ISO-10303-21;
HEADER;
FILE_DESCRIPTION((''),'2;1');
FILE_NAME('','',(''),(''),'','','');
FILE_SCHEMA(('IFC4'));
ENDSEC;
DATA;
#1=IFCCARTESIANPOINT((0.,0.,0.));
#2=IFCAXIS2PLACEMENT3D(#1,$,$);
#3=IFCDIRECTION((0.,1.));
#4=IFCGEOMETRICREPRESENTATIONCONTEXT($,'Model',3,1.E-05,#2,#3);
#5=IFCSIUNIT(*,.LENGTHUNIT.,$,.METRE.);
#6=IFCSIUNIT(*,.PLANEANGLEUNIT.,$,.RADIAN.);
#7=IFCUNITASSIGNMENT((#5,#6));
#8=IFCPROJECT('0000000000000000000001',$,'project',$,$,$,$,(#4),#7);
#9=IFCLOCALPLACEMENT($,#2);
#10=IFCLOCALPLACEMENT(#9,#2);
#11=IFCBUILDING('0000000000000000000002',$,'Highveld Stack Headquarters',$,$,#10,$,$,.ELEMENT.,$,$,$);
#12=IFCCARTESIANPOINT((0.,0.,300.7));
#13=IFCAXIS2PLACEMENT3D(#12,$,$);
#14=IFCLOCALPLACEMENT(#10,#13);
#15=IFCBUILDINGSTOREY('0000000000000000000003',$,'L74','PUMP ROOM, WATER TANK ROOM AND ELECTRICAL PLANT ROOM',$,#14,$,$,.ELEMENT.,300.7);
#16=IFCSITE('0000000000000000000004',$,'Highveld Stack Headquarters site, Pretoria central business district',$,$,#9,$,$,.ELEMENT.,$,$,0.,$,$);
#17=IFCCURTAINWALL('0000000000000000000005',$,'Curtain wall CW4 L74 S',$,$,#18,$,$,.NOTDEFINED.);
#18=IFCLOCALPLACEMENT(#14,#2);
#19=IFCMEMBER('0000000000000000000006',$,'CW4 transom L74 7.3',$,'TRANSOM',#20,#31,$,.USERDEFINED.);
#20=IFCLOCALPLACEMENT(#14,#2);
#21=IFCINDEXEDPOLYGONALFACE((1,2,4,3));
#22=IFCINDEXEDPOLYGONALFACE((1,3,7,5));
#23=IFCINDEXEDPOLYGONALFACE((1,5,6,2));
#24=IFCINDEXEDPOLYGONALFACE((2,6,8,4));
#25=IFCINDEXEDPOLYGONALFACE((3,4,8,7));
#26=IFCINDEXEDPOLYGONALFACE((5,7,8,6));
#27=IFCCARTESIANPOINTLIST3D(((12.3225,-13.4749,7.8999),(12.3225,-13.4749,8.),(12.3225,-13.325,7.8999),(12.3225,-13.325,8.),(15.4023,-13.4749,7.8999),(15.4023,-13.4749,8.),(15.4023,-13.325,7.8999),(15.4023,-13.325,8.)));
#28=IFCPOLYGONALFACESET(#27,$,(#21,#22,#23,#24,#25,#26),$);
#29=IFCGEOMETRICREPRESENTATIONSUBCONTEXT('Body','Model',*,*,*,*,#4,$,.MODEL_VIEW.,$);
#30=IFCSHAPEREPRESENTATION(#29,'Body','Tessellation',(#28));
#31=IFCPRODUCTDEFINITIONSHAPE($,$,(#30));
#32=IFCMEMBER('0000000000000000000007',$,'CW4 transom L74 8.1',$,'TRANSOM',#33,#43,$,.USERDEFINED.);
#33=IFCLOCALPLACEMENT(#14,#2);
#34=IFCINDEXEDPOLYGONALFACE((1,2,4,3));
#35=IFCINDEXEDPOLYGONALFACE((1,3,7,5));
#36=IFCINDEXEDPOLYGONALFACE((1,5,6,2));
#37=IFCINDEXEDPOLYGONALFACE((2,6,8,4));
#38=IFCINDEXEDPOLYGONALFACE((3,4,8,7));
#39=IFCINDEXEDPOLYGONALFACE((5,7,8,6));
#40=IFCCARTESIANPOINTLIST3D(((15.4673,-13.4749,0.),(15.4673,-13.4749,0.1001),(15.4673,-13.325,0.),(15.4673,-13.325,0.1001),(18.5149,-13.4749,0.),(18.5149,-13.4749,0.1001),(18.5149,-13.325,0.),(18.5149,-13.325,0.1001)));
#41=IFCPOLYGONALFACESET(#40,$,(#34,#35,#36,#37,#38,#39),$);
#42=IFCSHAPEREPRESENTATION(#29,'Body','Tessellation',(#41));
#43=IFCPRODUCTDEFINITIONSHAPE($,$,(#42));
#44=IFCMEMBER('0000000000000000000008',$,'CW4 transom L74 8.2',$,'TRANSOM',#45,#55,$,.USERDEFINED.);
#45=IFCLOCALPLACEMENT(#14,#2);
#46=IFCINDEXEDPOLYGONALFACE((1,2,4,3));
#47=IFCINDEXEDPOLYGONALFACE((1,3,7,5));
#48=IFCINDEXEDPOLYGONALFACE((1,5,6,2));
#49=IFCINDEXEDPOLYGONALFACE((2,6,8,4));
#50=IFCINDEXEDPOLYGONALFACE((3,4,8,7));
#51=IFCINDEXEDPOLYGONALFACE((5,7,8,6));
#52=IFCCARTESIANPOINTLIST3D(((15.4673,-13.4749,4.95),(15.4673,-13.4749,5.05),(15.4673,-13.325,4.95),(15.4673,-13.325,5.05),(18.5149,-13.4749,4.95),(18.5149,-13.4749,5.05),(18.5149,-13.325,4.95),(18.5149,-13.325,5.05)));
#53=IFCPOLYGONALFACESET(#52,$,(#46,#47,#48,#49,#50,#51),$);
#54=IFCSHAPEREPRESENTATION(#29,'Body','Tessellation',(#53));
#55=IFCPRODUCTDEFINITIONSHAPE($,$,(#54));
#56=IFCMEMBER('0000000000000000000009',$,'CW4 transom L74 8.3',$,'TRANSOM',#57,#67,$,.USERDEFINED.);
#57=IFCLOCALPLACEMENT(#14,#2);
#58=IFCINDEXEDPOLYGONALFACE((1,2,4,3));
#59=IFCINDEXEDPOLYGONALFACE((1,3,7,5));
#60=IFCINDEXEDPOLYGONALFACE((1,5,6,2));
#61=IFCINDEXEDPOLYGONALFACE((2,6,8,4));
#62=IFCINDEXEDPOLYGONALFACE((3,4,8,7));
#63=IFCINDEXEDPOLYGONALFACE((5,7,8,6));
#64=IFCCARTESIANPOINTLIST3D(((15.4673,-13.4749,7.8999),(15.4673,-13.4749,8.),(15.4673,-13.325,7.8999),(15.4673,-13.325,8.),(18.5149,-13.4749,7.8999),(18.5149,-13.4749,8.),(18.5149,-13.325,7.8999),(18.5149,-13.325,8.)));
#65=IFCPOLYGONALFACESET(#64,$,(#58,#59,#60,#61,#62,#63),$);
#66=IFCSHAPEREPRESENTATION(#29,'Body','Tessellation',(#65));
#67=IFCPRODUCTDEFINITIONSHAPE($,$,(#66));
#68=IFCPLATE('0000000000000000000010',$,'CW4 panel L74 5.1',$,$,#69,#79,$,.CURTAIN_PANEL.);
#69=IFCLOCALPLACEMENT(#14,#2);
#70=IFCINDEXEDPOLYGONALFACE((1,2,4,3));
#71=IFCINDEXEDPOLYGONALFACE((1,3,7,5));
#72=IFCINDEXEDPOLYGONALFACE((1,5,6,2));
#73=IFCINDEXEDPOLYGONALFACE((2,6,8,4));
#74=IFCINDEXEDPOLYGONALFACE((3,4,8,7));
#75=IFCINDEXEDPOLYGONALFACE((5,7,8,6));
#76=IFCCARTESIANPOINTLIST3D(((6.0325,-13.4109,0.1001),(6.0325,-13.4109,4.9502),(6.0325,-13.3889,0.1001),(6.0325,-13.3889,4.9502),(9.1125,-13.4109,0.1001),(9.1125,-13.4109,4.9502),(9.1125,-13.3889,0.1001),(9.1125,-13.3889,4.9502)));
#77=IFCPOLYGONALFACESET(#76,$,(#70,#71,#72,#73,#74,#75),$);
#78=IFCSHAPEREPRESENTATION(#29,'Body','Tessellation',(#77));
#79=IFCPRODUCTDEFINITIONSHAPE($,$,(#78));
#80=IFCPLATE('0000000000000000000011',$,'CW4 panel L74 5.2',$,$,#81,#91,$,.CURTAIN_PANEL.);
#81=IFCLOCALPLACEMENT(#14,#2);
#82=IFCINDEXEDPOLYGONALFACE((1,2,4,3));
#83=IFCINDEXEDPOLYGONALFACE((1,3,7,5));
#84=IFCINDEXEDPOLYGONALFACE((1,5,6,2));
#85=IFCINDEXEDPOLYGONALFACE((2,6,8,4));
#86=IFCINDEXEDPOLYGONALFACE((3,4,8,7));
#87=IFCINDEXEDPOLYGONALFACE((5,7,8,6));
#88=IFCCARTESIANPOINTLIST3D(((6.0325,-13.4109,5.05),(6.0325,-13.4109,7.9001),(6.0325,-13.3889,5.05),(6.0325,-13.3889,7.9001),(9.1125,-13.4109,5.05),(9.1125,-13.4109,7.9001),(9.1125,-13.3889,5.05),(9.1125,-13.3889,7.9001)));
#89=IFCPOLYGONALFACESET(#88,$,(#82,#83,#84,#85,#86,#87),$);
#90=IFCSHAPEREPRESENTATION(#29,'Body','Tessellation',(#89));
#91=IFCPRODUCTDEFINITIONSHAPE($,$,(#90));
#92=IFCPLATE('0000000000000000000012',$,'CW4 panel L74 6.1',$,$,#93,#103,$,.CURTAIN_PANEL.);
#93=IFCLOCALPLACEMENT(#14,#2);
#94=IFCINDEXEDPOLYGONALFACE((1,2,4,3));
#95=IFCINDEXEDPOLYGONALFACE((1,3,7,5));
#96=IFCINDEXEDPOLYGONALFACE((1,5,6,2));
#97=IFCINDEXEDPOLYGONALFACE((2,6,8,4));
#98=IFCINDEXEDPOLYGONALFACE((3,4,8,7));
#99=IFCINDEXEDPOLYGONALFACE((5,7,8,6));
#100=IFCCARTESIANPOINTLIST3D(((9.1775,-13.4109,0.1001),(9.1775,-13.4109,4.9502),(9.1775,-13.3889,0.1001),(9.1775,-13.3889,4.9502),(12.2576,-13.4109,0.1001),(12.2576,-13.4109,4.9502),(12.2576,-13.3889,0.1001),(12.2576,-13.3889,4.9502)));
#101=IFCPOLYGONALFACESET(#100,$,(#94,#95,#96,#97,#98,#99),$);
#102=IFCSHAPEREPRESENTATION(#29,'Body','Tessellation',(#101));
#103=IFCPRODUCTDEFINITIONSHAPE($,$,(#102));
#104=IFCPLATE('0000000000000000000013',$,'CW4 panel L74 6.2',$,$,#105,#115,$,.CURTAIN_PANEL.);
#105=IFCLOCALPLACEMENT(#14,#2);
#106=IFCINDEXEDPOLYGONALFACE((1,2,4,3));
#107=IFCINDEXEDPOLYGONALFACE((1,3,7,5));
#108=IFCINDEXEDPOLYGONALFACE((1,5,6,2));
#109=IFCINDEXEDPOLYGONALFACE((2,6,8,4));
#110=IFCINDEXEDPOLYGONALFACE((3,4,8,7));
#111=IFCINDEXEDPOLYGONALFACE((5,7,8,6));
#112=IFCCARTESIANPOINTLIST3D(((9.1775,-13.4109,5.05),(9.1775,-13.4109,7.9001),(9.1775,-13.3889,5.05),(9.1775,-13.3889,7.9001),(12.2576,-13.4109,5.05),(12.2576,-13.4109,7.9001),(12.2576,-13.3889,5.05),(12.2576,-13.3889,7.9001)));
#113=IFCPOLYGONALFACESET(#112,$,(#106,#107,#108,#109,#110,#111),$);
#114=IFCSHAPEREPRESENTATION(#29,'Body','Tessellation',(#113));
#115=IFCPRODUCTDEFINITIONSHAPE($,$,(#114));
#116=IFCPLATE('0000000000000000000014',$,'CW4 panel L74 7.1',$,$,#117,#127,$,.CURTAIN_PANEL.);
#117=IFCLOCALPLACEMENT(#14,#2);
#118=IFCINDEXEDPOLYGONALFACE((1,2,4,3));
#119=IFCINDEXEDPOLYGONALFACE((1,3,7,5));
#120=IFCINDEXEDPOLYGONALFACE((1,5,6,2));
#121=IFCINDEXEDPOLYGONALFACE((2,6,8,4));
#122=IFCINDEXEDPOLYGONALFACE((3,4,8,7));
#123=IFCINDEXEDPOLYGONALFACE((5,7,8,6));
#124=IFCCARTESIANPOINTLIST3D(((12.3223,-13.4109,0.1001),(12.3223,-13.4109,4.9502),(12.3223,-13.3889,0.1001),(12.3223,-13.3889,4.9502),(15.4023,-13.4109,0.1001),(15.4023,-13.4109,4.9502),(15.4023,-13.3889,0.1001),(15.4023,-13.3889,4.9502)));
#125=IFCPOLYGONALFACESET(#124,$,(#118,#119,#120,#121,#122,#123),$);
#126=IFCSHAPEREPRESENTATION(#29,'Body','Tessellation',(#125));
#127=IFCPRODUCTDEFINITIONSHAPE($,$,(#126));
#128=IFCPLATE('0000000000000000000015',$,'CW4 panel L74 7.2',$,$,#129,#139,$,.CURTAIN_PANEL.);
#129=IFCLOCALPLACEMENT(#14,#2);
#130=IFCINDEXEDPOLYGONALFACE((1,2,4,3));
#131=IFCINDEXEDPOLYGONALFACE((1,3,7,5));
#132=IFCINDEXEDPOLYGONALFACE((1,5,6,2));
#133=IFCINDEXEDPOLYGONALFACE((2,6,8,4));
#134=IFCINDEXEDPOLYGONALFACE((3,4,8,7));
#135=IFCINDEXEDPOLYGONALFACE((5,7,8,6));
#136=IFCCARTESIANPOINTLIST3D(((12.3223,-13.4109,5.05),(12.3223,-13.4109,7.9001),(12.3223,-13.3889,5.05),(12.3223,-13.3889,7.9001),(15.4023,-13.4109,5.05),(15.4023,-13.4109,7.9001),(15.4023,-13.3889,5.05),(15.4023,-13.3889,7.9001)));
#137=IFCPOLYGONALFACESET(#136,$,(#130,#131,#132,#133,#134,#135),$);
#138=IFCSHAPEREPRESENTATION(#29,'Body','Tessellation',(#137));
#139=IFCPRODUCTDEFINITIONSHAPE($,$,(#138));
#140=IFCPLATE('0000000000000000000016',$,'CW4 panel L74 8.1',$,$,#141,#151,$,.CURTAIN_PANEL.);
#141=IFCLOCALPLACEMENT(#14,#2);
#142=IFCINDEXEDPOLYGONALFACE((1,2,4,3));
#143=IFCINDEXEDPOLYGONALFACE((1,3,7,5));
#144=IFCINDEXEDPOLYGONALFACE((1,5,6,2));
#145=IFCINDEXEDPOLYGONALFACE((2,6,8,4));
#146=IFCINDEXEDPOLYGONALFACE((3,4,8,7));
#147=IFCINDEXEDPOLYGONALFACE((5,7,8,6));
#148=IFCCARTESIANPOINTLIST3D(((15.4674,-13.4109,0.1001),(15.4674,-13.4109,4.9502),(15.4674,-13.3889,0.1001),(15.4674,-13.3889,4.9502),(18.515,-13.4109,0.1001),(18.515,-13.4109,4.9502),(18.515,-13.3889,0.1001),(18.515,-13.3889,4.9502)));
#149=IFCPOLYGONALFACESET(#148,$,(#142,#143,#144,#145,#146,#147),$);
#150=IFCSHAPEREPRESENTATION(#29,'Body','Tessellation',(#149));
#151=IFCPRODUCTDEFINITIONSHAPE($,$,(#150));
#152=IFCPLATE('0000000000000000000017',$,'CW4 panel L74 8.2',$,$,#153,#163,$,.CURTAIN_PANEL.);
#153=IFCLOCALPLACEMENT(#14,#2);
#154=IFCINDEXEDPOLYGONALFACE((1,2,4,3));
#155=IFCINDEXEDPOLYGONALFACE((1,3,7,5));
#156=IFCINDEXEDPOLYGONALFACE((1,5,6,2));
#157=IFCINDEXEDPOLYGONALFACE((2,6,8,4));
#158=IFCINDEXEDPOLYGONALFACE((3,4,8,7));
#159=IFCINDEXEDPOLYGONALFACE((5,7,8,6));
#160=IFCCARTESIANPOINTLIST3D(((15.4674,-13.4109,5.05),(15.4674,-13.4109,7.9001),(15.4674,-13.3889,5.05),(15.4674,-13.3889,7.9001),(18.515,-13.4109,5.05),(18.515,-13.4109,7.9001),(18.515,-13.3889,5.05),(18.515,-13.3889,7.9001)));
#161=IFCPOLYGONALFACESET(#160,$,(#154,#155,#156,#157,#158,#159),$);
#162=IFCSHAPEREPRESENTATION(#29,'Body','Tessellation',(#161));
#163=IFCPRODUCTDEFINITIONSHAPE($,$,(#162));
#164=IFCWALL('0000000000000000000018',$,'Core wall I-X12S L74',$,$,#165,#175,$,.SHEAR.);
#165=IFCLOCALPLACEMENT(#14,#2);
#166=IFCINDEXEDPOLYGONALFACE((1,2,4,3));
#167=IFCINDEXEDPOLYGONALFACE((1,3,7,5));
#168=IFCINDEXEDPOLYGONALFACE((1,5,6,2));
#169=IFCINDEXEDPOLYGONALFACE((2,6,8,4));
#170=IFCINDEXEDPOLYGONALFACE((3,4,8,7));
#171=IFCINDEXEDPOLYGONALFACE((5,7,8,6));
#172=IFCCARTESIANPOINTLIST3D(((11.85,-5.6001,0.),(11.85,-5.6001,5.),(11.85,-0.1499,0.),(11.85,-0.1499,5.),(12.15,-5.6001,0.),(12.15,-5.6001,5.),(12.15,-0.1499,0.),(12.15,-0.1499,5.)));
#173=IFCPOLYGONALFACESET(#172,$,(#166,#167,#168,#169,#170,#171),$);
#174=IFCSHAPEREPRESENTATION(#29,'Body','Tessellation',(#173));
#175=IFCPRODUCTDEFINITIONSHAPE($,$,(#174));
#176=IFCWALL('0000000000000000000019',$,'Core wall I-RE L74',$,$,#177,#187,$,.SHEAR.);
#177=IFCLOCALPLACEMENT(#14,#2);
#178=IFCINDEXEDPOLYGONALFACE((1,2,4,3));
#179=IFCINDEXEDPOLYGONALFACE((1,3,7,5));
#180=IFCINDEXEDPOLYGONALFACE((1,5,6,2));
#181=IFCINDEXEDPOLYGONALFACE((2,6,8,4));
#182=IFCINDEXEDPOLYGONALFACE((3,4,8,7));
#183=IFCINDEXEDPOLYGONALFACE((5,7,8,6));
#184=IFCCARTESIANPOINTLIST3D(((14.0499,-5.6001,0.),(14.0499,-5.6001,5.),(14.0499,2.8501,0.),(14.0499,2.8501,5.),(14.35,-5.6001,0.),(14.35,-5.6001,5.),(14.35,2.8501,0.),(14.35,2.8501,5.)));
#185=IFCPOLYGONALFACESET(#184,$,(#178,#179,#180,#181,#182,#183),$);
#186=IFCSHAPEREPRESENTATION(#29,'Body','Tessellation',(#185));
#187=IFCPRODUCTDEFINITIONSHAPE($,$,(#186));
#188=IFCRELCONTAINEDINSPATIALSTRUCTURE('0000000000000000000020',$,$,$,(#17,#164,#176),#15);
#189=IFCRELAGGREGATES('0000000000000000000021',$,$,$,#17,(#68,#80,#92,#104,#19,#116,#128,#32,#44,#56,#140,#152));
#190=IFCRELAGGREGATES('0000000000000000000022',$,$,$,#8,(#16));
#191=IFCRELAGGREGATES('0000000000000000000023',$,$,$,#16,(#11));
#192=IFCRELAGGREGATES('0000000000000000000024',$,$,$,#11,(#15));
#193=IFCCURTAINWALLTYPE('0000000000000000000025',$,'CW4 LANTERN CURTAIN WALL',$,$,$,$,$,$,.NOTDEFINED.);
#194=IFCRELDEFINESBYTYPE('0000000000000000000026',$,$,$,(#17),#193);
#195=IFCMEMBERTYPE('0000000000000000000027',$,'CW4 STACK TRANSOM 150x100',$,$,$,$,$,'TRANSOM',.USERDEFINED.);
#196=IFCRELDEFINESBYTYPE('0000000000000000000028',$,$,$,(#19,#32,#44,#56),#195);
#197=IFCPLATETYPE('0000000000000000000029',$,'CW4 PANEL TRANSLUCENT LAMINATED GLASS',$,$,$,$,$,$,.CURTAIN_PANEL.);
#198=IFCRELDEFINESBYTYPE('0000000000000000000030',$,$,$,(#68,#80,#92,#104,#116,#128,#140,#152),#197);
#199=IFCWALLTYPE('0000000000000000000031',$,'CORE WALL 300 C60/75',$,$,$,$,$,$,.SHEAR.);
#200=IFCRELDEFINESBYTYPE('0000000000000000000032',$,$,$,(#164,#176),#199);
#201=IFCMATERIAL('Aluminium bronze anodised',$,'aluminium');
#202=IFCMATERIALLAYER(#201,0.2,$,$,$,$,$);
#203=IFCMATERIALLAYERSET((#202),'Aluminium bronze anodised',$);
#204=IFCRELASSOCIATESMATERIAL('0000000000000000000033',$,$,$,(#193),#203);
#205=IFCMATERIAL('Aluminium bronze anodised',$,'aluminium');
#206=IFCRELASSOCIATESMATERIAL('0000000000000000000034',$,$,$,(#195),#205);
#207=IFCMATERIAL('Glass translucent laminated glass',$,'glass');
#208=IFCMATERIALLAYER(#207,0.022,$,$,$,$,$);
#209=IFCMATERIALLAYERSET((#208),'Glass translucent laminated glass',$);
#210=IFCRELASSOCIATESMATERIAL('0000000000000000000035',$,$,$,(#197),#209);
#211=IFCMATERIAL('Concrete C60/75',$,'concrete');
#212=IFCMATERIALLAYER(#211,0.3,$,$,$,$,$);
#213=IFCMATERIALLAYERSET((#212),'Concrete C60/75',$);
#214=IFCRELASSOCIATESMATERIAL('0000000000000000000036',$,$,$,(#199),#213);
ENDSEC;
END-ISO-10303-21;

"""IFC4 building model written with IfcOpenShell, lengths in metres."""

from ifc_helpers import new_model, si_unit, direction, frame, frame_2d, origin, origin_2d, place, context, subcontext, project, spatial, rectangle, extrude, material, layer, layer_set, material_profile, profile_set, type_object, element, aggregate, save


model = new_model("IFC4")

# Units and contexts
model_context = context("Model", 3, precision=1e-05, world=origin(), true_north=direction((0.0, 1.0)))
body_context = subcontext(model_context, "Body", "Model", "MODEL_VIEW")
ifc_project = project(units=[si_unit("LENGTHUNIT", "METRE"), si_unit("PLANEANGLEUNIT", "RADIAN")], contexts=[model_context])

# Site, building, storey
site_placement = place(None, origin())
site = spatial("IfcSite", under=ifc_project, at=site_placement, Name="Highveld Stack Headquarters site, Pretoria central business district", CompositionType="ELEMENT", RefElevation=0.0)
building_placement = place(site_placement, origin())
building = spatial("IfcBuilding", under=site, at=building_placement, Name="Highveld Stack Headquarters", CompositionType="ELEMENT")
storey_placement = place(building_placement, frame((0.0, 0.0, 300.7)))
storey = spatial("IfcBuildingStorey", under=building, at=storey_placement, Name="L74", Description="PUMP ROOM, WATER TANK ROOM AND ELECTRICAL PLANT ROOM", CompositionType="ELEMENT", Elevation=300.7)

# Curtain wall, members, plates
ifc_material_1 = material(Name="Aluminium bronze anodised", Category="aluminium")
ifc_layer_1 = layer(ifc_material_1, 0.2)
ifc_layer_set_1 = layer_set([ifc_layer_1], Name="Aluminium bronze anodised")
curtain_wall_type = type_object("IfcCurtainWallType", Name="CW4 LANTERN CURTAIN WALL", PredefinedType="NOTDEFINED", material=ifc_layer_set_1)
curtain_wall_placement = place(storey_placement, origin())
curtain_wall = element("IfcCurtainWall", 1, at=curtain_wall_placement, inside=storey, type_object=curtain_wall_type, Name="Curtain wall CW4 L74 S", PredefinedType="NOTDEFINED")
ifc_material_2 = material(Name="Aluminium bronze anodised", Category="aluminium")
ifc_material_profile_1 = material_profile(ifc_material_2, rectangle(XDim=0.1499, YDim=0.1001, at=origin_2d()), Name="CW4 TRANSOM 150x100")
ifc_profile_set_1 = profile_set([ifc_material_profile_1], Name="Aluminium bronze anodised")
member_type_1 = type_object("IfcMemberType", Name="CW4 STACK TRANSOM 150x100", ElementType="TRANSOM", PredefinedType="USERDEFINED", material=ifc_profile_set_1)
member_1_placement = place(storey_placement, frame((12.3225, -13.3999, 7.95), z_axis=(1.0, 0.0, 0.0), x_axis=(0.0, 1.0, 0.0)))
member_1 = element("IfcMember", 2, at=member_1_placement, type_object=member_type_1, Name="CW4 transom L74 7.3", ObjectType="TRANSOM", PredefinedType="USERDEFINED", context=body_context, shape_type="SweptSolid", body=[
    extrude(rectangle(XDim=0.1499, YDim=0.1001, at=origin_2d()), origin(), (0.0, 0.0, 1.0), 3.0798),
])
member_2_placement = place(storey_placement, frame((15.4673, -13.3999, 0.05), z_axis=(1.0, 0.0, 0.0), x_axis=(0.0, 1.0, 0.0)))
member_2 = element("IfcMember", 3, at=member_2_placement, type_object=member_type_1, Name="CW4 transom L74 8.1", ObjectType="TRANSOM", PredefinedType="USERDEFINED", context=body_context, shape_type="SweptSolid", body=[
    extrude(rectangle(XDim=0.1499, YDim=0.1001, at=origin_2d()), origin(), (0.0, 0.0, 1.0), 3.0476),
])
member_3_placement = place(storey_placement, frame((15.4673, -13.3999, 5.0), z_axis=(1.0, 0.0, 0.0), x_axis=(0.0, 1.0, 0.0)))
member_3 = element("IfcMember", 4, at=member_3_placement, type_object=member_type_1, Name="CW4 transom L74 8.2", ObjectType="TRANSOM", PredefinedType="USERDEFINED", context=body_context, shape_type="SweptSolid", body=[
    extrude(rectangle(XDim=0.1499, YDim=0.1001, at=origin_2d()), origin(), (0.0, 0.0, 1.0), 3.0476),
])
member_4_placement = place(storey_placement, frame((15.4673, -13.3999, 7.95), z_axis=(1.0, 0.0, 0.0), x_axis=(0.0, 1.0, 0.0)))
member_4 = element("IfcMember", 5, at=member_4_placement, type_object=member_type_1, Name="CW4 transom L74 8.3", ObjectType="TRANSOM", PredefinedType="USERDEFINED", context=body_context, shape_type="SweptSolid", body=[
    extrude(rectangle(XDim=0.1499, YDim=0.1001, at=origin_2d()), origin(), (0.0, 0.0, 1.0), 3.0476),
])
ifc_material_3 = material(Name="Glass translucent laminated glass", Category="glass")
ifc_layer_2 = layer(ifc_material_3, 0.022)
ifc_layer_set_2 = layer_set([ifc_layer_2], Name="Glass translucent laminated glass")
plate_type = type_object("IfcPlateType", Name="CW4 PANEL TRANSLUCENT LAMINATED GLASS", PredefinedType="CURTAIN_PANEL", material=ifc_layer_set_2)
plate_1_placement = place(storey_placement, frame((7.5725, -13.3999, 0.1001), z_axis=(0.0, 0.0, 1.0), x_axis=(1.0, 0.0, 0.0)))
plate_1 = element("IfcPlate", 6, at=plate_1_placement, type_object=plate_type, Name="CW4 panel L74 5.1", PredefinedType="CURTAIN_PANEL", context=body_context, shape_type="SweptSolid", body=[
    extrude(rectangle(XDim=3.0801, YDim=0.022, at=origin_2d()), origin(), (0.0, 0.0, 1.0), 4.8501),
])
plate_2_placement = place(storey_placement, frame((7.5725, -13.3999, 5.05), z_axis=(0.0, 0.0, 1.0), x_axis=(1.0, 0.0, 0.0)))
plate_2 = element("IfcPlate", 7, at=plate_2_placement, type_object=plate_type, Name="CW4 panel L74 5.2", PredefinedType="CURTAIN_PANEL", context=body_context, shape_type="SweptSolid", body=[
    extrude(rectangle(XDim=3.0801, YDim=0.022, at=origin_2d()), origin(), (0.0, 0.0, 1.0), 2.8501),
])
plate_3_placement = place(storey_placement, frame((10.7175, -13.3999, 0.1001), z_axis=(0.0, 0.0, 1.0), x_axis=(1.0, 0.0, 0.0)))
plate_3 = element("IfcPlate", 8, at=plate_3_placement, type_object=plate_type, Name="CW4 panel L74 6.1", PredefinedType="CURTAIN_PANEL", context=body_context, shape_type="SweptSolid", body=[
    extrude(rectangle(XDim=3.0801, YDim=0.022, at=origin_2d()), origin(), (0.0, 0.0, 1.0), 4.8501),
])
plate_4_placement = place(storey_placement, frame((10.7175, -13.3999, 5.05), z_axis=(0.0, 0.0, 1.0), x_axis=(1.0, 0.0, 0.0)))
plate_4 = element("IfcPlate", 9, at=plate_4_placement, type_object=plate_type, Name="CW4 panel L74 6.2", PredefinedType="CURTAIN_PANEL", context=body_context, shape_type="SweptSolid", body=[
    extrude(rectangle(XDim=3.0801, YDim=0.022, at=origin_2d()), origin(), (0.0, 0.0, 1.0), 2.8501),
])
plate_5_placement = place(storey_placement, frame((13.8623, -13.3999, 0.1001), z_axis=(0.0, 0.0, 1.0), x_axis=(1.0, 0.0, 0.0)))
plate_5 = element("IfcPlate", 10, at=plate_5_placement, type_object=plate_type, Name="CW4 panel L74 7.1", PredefinedType="CURTAIN_PANEL", context=body_context, shape_type="SweptSolid", body=[
    extrude(rectangle(XDim=3.0801, YDim=0.022, at=origin_2d()), origin(), (0.0, 0.0, 1.0), 4.8501),
])
plate_6_placement = place(storey_placement, frame((13.8623, -13.3999, 5.05), z_axis=(0.0, 0.0, 1.0), x_axis=(1.0, 0.0, 0.0)))
plate_6 = element("IfcPlate", 11, at=plate_6_placement, type_object=plate_type, Name="CW4 panel L74 7.2", PredefinedType="CURTAIN_PANEL", context=body_context, shape_type="SweptSolid", body=[
    extrude(rectangle(XDim=3.0801, YDim=0.022, at=origin_2d()), origin(), (0.0, 0.0, 1.0), 2.8501),
])
plate_7_placement = place(storey_placement, frame((16.9912, -13.3999, 0.1001), z_axis=(0.0, 0.0, 1.0), x_axis=(1.0, 0.0, 0.0)))
plate_7 = element("IfcPlate", 12, at=plate_7_placement, type_object=plate_type, Name="CW4 panel L74 8.1", PredefinedType="CURTAIN_PANEL", context=body_context, shape_type="SweptSolid", body=[
    extrude(rectangle(XDim=3.0476, YDim=0.022, at=origin_2d()), origin(), (0.0, 0.0, 1.0), 4.8501),
])
plate_8_placement = place(storey_placement, frame((16.9912, -13.3999, 5.05), z_axis=(0.0, 0.0, 1.0), x_axis=(1.0, 0.0, 0.0)))
plate_8 = element("IfcPlate", 13, at=plate_8_placement, type_object=plate_type, Name="CW4 panel L74 8.2", PredefinedType="CURTAIN_PANEL", context=body_context, shape_type="SweptSolid", body=[
    extrude(rectangle(XDim=3.0476, YDim=0.022, at=origin_2d()), origin(), (0.0, 0.0, 1.0), 2.8501),
])
aggregate(curtain_wall, [plate_1, plate_2, plate_3, plate_4, member_1, plate_5, plate_6, member_2, member_3, member_4, plate_7, plate_8])

# Walls
ifc_material_4 = material(Name="Concrete C60/75", Category="concrete")
ifc_layer_3 = layer(ifc_material_4, 0.3)
ifc_layer_set_3 = layer_set([ifc_layer_3], Name="Concrete C60/75")
wall_type_1 = type_object("IfcWallType", Name="CORE WALL 300 C60/75", PredefinedType="SHEAR", material=ifc_layer_set_3)
wall_1_placement = place(storey_placement, frame((12.0, -5.6001, 0.0), z_axis=(0.0, 0.0, 1.0), x_axis=(0.0, 1.0, 0.0)))
element("IfcWall", 14, at=wall_1_placement, inside=storey, type_object=wall_type_1, Name="Core wall I-X12S L74", PredefinedType="SHEAR", context=body_context, shape_type="SweptSolid", body=[
    extrude(rectangle(XDim=5.4502, YDim=0.3, at=frame_2d((2.7251, 0.0))), origin(), (0.0, 0.0, 1.0), 5.0),
])
wall_2_placement = place(storey_placement, frame((14.2, -5.6001, 0.0), z_axis=(0.0, 0.0, 1.0), x_axis=(0.0, 1.0, 0.0)))
element("IfcWall", 15, at=wall_2_placement, inside=storey, type_object=wall_type_1, Name="Core wall I-RE L74", PredefinedType="SHEAR", context=body_context, shape_type="SweptSolid", body=[
    extrude(rectangle(XDim=8.4502, YDim=0.3, at=frame_2d((4.2251, 0.0))), origin(), (0.0, 0.0, 1.0), 5.0),
])

save(model, "model.ifc")
